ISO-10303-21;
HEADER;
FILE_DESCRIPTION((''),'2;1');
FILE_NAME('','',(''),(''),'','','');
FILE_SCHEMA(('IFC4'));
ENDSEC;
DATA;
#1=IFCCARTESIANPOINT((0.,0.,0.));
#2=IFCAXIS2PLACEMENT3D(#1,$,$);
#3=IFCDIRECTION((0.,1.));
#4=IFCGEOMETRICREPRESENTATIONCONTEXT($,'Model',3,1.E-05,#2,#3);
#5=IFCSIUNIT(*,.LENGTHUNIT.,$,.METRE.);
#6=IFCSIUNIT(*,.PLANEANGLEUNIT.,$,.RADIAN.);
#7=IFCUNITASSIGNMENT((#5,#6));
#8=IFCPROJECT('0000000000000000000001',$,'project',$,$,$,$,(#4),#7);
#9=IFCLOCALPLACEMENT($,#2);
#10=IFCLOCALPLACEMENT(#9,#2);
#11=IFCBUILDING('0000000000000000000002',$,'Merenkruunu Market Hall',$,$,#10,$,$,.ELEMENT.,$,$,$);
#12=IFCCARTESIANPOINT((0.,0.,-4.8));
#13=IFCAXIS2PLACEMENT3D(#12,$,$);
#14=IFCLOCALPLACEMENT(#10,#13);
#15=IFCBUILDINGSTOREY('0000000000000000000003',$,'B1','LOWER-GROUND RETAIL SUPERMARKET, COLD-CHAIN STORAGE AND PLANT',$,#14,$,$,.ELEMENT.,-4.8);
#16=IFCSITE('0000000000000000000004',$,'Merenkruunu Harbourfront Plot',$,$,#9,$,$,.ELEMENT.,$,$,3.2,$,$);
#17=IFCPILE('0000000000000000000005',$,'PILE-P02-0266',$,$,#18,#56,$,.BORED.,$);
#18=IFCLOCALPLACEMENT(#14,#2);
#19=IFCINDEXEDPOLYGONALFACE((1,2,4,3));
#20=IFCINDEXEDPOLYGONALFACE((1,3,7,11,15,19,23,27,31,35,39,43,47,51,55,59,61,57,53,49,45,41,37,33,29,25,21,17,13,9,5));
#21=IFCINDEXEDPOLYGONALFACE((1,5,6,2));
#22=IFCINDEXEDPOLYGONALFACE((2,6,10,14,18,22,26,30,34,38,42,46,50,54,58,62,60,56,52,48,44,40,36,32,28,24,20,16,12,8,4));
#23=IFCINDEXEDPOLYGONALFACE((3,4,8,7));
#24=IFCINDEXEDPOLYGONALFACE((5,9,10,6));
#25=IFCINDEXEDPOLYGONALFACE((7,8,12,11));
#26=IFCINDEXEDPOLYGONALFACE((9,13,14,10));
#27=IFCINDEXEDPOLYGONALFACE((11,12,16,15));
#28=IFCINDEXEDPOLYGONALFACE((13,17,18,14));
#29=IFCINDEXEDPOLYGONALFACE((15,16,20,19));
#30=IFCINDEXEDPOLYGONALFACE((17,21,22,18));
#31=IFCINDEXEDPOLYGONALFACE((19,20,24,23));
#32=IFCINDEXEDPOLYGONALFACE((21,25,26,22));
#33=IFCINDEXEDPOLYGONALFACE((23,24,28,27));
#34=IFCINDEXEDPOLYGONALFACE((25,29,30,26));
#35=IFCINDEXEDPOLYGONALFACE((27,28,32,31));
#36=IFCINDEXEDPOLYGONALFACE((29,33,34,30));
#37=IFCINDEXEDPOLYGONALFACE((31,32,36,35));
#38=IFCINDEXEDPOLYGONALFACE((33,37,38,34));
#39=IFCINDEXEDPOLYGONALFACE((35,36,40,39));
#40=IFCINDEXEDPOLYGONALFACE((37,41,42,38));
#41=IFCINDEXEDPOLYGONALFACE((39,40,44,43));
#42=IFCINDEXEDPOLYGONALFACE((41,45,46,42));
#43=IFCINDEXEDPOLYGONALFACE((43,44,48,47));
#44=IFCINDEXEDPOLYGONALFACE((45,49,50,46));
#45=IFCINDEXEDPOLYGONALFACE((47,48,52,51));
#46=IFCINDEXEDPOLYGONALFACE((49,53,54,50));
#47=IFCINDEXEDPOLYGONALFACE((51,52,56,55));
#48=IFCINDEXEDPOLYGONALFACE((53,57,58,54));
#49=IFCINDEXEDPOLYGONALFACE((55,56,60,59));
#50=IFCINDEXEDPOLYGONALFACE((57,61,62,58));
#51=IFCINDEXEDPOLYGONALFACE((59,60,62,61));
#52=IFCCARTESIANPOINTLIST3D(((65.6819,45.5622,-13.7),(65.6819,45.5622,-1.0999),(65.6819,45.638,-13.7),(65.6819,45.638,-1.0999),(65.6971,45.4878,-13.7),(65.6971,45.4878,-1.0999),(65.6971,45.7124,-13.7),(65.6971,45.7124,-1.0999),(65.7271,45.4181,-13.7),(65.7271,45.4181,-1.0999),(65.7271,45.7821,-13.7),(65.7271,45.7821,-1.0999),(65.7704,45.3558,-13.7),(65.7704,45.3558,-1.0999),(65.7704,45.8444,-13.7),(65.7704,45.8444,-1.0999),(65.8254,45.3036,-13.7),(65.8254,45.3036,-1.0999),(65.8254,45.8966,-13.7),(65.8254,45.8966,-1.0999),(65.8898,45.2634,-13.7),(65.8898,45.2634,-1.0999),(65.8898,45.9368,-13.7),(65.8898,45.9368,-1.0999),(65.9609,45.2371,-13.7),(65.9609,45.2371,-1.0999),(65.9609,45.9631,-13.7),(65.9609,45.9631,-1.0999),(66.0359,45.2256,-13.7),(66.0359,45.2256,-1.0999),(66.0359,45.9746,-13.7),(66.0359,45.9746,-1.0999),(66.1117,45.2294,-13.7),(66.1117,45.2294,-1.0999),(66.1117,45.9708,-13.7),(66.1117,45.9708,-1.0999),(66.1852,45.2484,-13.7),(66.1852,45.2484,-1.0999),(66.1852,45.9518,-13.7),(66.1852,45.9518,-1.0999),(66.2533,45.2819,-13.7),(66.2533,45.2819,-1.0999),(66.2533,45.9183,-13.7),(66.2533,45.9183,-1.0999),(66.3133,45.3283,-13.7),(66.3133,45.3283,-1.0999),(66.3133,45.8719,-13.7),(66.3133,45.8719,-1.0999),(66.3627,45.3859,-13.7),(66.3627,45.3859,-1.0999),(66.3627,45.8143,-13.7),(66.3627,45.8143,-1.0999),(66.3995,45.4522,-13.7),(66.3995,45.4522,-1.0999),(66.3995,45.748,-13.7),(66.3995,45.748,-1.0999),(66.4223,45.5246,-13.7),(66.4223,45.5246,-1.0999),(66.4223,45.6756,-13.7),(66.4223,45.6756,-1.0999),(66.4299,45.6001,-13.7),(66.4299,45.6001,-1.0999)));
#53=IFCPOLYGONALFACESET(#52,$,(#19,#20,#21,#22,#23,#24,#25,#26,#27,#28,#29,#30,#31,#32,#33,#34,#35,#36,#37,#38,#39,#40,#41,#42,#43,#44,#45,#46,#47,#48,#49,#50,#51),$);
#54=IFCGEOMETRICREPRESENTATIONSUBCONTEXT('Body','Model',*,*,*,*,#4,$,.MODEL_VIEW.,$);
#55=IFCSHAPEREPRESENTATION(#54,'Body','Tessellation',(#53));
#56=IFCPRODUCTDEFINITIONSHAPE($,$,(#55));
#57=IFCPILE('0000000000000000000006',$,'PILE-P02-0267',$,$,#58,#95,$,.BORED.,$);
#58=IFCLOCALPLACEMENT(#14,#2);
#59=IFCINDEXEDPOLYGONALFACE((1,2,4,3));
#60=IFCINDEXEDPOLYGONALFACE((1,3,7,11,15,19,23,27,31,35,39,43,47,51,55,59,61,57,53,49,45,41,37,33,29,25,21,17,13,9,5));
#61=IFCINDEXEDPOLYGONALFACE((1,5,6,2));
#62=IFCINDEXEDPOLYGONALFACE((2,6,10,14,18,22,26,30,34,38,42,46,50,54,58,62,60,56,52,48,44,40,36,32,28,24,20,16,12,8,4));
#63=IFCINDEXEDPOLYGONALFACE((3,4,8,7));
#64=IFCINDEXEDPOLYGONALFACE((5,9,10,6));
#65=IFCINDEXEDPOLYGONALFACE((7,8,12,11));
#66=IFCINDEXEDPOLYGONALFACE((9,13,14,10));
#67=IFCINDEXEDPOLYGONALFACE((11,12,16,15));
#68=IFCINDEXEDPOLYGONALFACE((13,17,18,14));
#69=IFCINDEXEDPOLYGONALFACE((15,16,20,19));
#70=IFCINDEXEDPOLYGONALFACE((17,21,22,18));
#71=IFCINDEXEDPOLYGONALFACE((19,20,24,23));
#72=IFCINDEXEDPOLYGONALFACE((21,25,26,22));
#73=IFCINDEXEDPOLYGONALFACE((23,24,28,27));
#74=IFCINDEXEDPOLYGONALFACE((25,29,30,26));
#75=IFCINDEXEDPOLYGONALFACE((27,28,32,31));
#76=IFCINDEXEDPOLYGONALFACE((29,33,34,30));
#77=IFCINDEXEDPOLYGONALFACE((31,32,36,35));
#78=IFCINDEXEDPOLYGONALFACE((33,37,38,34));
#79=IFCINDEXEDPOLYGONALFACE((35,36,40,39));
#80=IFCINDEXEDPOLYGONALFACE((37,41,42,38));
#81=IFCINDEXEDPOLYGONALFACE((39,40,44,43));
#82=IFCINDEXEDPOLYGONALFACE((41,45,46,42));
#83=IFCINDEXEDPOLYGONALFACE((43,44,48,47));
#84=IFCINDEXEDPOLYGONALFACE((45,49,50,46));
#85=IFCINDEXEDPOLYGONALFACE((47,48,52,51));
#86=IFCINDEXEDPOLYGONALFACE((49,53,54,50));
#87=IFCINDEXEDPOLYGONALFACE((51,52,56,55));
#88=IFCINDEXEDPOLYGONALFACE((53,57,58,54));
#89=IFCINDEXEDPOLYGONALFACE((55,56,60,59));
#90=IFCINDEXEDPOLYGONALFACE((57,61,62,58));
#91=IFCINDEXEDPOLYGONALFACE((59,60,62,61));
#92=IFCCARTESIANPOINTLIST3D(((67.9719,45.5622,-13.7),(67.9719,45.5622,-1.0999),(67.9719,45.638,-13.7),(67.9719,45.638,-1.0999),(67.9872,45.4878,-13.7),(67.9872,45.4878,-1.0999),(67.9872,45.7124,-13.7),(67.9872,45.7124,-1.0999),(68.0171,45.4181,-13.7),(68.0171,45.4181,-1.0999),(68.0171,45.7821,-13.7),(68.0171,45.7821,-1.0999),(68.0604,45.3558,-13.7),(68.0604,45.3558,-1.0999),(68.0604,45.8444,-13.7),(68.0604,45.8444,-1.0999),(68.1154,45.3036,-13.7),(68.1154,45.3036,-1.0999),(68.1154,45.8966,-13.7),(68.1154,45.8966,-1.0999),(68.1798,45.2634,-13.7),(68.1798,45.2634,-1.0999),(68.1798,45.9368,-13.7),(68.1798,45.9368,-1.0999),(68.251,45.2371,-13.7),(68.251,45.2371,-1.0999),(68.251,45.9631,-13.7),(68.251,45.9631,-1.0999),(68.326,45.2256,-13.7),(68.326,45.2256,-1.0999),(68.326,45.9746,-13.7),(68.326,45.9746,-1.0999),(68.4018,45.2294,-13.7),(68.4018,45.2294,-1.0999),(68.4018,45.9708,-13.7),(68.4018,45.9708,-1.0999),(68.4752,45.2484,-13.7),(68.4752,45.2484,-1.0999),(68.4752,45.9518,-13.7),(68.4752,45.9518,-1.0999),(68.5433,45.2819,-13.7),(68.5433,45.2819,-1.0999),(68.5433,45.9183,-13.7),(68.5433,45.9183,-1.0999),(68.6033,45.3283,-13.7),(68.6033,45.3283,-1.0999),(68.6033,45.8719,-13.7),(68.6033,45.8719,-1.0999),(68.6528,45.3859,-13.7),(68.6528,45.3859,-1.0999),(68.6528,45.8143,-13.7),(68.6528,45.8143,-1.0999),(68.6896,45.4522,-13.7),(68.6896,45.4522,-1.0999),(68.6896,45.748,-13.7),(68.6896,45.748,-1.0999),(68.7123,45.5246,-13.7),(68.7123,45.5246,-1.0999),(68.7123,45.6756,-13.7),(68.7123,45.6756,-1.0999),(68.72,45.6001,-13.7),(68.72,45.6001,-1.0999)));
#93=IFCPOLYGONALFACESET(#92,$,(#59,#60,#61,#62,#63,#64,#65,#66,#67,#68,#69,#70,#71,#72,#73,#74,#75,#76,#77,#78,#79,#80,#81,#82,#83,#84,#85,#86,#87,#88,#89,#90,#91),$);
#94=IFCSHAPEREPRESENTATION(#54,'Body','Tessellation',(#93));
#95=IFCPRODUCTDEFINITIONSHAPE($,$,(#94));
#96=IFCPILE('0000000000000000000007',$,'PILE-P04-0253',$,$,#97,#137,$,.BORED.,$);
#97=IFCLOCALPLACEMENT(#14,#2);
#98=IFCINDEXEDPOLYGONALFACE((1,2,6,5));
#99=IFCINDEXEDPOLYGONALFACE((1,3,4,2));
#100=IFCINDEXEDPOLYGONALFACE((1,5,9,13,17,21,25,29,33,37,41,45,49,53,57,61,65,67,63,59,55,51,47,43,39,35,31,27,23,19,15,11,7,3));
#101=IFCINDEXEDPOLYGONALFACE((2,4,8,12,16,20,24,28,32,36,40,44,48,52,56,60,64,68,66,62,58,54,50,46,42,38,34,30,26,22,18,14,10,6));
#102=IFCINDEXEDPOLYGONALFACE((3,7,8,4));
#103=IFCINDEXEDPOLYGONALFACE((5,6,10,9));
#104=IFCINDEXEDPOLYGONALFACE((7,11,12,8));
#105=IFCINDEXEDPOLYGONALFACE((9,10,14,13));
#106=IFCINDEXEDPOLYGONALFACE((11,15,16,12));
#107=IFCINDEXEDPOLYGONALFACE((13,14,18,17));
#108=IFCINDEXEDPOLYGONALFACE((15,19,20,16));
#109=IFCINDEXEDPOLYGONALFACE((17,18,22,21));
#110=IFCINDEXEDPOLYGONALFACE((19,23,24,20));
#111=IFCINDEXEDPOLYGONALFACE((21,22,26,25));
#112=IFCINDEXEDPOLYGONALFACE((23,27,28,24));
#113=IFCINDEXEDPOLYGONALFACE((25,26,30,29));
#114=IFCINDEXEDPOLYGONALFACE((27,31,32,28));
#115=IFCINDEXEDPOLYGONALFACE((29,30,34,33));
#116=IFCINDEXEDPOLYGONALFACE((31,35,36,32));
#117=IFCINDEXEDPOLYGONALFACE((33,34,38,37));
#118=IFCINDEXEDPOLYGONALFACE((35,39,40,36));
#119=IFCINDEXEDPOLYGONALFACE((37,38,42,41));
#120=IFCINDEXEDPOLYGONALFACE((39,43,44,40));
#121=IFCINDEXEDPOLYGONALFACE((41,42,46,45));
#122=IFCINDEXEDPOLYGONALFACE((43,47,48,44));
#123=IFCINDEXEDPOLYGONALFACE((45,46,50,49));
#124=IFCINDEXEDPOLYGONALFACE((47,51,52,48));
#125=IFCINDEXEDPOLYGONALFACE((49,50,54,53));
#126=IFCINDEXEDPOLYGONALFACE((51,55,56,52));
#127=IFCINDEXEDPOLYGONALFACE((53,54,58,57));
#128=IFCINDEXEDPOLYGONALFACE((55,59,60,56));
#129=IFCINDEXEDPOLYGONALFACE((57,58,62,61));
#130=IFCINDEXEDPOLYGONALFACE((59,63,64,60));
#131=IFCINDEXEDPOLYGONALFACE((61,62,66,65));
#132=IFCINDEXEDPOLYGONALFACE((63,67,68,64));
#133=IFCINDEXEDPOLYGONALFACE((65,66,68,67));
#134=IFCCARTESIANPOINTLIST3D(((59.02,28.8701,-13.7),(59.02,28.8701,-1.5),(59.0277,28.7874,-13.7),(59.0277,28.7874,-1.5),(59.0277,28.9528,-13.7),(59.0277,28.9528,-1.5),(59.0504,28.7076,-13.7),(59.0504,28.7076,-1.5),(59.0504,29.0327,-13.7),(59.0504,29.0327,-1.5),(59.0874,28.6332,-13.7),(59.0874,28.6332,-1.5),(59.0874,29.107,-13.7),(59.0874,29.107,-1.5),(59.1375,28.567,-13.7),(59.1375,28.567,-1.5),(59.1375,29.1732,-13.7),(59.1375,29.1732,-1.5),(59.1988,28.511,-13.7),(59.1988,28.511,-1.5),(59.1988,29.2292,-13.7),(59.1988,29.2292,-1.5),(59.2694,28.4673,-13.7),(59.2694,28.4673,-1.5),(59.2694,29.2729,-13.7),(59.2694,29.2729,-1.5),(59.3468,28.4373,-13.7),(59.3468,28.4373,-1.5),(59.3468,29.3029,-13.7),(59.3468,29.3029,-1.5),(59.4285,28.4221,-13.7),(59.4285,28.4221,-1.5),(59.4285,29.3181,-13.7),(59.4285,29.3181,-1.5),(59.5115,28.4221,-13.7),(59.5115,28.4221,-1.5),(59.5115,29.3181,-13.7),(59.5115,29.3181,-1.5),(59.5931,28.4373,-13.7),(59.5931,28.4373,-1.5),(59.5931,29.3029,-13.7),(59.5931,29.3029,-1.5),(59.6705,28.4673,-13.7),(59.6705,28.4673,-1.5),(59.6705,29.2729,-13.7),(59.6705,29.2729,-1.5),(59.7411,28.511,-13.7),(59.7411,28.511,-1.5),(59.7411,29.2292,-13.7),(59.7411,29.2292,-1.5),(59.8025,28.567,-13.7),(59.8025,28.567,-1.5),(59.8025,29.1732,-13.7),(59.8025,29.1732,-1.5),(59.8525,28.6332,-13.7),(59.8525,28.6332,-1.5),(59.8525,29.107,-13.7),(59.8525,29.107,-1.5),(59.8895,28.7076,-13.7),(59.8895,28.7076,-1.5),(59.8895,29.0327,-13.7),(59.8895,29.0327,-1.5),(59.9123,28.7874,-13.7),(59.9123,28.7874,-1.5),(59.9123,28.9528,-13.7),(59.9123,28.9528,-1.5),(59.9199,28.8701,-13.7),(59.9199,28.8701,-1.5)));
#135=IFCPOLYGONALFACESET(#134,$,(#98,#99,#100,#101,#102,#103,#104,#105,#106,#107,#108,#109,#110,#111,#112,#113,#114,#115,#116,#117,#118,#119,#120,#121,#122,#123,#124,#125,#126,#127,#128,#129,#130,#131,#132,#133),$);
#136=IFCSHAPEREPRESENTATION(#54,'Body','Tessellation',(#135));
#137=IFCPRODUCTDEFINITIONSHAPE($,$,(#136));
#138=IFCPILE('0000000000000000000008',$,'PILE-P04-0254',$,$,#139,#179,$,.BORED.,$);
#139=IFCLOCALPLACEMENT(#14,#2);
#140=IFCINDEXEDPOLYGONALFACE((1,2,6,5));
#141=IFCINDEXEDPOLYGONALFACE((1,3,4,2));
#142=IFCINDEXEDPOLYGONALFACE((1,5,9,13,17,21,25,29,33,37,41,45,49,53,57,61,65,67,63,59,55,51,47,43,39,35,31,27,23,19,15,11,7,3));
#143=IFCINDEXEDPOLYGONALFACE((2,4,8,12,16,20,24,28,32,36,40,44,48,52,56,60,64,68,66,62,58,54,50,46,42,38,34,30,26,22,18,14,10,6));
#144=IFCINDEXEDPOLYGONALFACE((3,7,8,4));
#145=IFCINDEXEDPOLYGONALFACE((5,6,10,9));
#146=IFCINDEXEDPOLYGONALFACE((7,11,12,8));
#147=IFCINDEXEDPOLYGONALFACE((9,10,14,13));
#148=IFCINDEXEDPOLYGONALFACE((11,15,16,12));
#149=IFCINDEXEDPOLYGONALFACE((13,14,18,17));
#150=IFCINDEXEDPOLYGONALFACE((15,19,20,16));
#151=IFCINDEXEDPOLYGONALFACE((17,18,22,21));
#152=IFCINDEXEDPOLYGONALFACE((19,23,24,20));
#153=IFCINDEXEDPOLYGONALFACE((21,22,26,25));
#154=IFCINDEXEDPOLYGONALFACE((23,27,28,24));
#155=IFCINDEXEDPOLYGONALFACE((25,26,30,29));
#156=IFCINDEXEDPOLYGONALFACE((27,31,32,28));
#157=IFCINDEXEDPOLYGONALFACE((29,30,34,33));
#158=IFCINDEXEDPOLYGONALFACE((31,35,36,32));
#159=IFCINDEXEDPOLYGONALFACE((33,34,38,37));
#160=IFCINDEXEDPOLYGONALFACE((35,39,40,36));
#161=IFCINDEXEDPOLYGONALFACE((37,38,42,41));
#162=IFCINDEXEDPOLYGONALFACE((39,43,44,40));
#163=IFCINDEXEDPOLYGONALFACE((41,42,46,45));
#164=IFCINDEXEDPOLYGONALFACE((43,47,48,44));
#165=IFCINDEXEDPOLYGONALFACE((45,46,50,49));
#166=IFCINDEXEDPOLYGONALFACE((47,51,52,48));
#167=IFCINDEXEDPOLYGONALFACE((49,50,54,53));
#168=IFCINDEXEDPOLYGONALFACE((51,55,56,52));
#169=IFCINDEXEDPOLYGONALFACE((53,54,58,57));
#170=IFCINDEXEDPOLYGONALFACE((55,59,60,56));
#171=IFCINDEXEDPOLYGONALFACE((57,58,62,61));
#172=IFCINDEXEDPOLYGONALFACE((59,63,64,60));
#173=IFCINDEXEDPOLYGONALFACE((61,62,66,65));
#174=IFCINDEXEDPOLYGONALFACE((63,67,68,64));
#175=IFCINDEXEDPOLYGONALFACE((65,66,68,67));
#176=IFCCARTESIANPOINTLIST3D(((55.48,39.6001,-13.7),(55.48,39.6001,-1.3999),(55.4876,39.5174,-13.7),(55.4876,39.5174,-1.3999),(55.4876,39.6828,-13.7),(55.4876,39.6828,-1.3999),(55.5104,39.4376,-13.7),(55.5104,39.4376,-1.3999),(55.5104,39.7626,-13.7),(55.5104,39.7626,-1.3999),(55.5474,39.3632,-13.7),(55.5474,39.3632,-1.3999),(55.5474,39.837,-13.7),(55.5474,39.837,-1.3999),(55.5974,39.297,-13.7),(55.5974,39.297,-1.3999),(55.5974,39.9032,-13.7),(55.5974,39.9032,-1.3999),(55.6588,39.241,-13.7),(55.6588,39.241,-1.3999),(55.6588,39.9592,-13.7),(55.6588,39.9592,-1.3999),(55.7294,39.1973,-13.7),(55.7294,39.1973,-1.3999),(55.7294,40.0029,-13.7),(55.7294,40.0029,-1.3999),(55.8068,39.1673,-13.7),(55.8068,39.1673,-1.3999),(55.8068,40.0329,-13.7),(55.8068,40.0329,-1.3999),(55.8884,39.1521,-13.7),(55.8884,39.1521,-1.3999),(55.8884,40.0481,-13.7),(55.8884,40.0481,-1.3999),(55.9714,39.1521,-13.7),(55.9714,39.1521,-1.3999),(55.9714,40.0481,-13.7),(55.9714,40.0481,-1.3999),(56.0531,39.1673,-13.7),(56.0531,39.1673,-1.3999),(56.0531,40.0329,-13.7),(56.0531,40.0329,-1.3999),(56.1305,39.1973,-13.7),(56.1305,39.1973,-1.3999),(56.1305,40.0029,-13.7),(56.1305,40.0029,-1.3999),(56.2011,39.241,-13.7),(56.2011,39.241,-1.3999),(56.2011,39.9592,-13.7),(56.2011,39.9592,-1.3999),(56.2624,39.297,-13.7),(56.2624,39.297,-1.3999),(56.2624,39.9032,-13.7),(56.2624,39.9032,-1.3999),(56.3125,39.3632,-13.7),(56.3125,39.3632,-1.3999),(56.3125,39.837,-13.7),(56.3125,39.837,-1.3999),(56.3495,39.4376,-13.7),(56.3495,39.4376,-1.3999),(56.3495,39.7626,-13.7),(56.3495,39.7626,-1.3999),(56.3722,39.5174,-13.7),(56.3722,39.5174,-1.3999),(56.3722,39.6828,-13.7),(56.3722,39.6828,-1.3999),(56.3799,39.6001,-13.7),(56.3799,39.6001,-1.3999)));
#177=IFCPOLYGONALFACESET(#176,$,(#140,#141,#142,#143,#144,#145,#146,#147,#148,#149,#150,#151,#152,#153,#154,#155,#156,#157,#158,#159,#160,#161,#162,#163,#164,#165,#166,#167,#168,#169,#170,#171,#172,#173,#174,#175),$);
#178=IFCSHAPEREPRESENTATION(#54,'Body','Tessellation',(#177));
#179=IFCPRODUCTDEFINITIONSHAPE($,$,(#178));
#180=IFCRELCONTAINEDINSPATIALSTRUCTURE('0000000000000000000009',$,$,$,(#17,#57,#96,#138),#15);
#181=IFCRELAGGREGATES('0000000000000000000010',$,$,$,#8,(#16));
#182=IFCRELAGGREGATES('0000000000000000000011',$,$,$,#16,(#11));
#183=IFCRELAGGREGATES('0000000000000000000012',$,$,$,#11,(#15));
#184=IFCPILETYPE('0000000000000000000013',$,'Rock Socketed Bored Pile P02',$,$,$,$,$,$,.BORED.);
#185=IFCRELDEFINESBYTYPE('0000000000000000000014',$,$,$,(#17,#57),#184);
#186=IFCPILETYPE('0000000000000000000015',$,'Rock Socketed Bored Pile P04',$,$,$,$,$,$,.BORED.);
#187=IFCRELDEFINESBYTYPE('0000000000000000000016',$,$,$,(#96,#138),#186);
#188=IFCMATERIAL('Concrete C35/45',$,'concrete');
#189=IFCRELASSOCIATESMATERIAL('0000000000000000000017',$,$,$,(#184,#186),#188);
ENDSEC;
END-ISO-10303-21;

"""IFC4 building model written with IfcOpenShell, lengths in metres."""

from ifc_helpers import new_model, si_unit, direction, frame, origin, origin_2d, place, context, subcontext, project, spatial, circle, extrude, material, material_profile, profile_set, type_object, element, save


model = new_model("IFC4")

# Units and contexts
model_context = context("Model", 3, precision=1e-05, world=origin(), true_north=direction((0.0, 1.0)))
body_context = subcontext(model_context, "Body", "Model", "MODEL_VIEW")
ifc_project = project(units=[si_unit("LENGTHUNIT", "METRE"), si_unit("PLANEANGLEUNIT", "RADIAN")], contexts=[model_context])

# Site, building, storey
site_placement = place(None, origin())
site = spatial("IfcSite", under=ifc_project, at=site_placement, Name="Merenkruunu Harbourfront Plot", CompositionType="ELEMENT", RefElevation=3.2)
building_placement = place(site_placement, origin())
building = spatial("IfcBuilding", under=site, at=building_placement, Name="Merenkruunu Market Hall", CompositionType="ELEMENT")
storey_placement = place(building_placement, frame((0.0, 0.0, -4.8)))
storey = spatial("IfcBuildingStorey", under=building, at=storey_placement, Name="B1", Description="LOWER-GROUND RETAIL SUPERMARKET, COLD-CHAIN STORAGE AND PLANT", CompositionType="ELEMENT", Elevation=-4.8)

# Shared definitions
ifc_material_1 = material(Name="Concrete C35/45", Category="concrete")

# Piles
ifc_material_profile_1 = material_profile(ifc_material_1, circle(Radius=0.375, at=origin_2d()), Name="BORED PILE 750")
ifc_profile_set_1 = profile_set([ifc_material_profile_1], Name="Concrete C35/45")
pile_type_1 = type_object("IfcPileType", Name="Rock Socketed Bored Pile P02", PredefinedType="BORED", material=ifc_profile_set_1)
for number, where, z_axis, x_axis, name in (
    (1, (66.0549, 45.6001, -1.0999), (0.0, 0.0, -1.0), (1.0, 0.0, 0.0), "PILE-P02-0266"),
    (2, (68.345, 45.6001, -1.0999), (0.0, 0.0, -1.0), (1.0, 0.0, 0.0), "PILE-P02-0267"),
):
    element("IfcPile", number, at=place(storey_placement, frame(where, z_axis=z_axis, x_axis=x_axis)), inside=storey, type_object=pile_type_1, Name=name, PredefinedType="BORED", context=body_context, shape_type="SweptSolid", body=[
        extrude(circle(Radius=0.375, at=origin_2d()), origin(), (0.0, 0.0, 1.0), 12.6001),
    ])
ifc_material_profile_2 = material_profile(ifc_material_1, circle(Radius=0.45, at=origin_2d()), Name="BORED PILE 900")
ifc_profile_set_2 = profile_set([ifc_material_profile_2], Name="Concrete C35/45")
pile_type_2 = type_object("IfcPileType", Name="Rock Socketed Bored Pile P04", PredefinedType="BORED", material=ifc_profile_set_2)
pile_placement = place(storey_placement, frame((59.47, 28.8701, -1.5), z_axis=(0.0, 0.0, -1.0), x_axis=(1.0, 0.0, 0.0)))
element("IfcPile", 3, at=pile_placement, inside=storey, type_object=pile_type_2, Name="PILE-P04-0253", PredefinedType="BORED", context=body_context, shape_type="SweptSolid", body=[
    extrude(circle(Radius=0.45, at=origin_2d()), origin(), (0.0, 0.0, 1.0), 12.2),
])
for number, where, z_axis, x_axis, name in (
    (4, (55.9299, 39.6001, -1.3999), (0.0, 0.0, -1.0), (1.0, 0.0, 0.0), "PILE-P04-0254"),
):
    element("IfcPile", number, at=place(storey_placement, frame(where, z_axis=z_axis, x_axis=x_axis)), inside=storey, type_object=pile_type_2, Name=name, PredefinedType="BORED", context=body_context, shape_type="SweptSolid", body=[
        extrude(circle(Radius=0.45, at=origin_2d()), origin(), (0.0, 0.0, 1.0), 12.3),
    ])

save(model, "model.ifc")
